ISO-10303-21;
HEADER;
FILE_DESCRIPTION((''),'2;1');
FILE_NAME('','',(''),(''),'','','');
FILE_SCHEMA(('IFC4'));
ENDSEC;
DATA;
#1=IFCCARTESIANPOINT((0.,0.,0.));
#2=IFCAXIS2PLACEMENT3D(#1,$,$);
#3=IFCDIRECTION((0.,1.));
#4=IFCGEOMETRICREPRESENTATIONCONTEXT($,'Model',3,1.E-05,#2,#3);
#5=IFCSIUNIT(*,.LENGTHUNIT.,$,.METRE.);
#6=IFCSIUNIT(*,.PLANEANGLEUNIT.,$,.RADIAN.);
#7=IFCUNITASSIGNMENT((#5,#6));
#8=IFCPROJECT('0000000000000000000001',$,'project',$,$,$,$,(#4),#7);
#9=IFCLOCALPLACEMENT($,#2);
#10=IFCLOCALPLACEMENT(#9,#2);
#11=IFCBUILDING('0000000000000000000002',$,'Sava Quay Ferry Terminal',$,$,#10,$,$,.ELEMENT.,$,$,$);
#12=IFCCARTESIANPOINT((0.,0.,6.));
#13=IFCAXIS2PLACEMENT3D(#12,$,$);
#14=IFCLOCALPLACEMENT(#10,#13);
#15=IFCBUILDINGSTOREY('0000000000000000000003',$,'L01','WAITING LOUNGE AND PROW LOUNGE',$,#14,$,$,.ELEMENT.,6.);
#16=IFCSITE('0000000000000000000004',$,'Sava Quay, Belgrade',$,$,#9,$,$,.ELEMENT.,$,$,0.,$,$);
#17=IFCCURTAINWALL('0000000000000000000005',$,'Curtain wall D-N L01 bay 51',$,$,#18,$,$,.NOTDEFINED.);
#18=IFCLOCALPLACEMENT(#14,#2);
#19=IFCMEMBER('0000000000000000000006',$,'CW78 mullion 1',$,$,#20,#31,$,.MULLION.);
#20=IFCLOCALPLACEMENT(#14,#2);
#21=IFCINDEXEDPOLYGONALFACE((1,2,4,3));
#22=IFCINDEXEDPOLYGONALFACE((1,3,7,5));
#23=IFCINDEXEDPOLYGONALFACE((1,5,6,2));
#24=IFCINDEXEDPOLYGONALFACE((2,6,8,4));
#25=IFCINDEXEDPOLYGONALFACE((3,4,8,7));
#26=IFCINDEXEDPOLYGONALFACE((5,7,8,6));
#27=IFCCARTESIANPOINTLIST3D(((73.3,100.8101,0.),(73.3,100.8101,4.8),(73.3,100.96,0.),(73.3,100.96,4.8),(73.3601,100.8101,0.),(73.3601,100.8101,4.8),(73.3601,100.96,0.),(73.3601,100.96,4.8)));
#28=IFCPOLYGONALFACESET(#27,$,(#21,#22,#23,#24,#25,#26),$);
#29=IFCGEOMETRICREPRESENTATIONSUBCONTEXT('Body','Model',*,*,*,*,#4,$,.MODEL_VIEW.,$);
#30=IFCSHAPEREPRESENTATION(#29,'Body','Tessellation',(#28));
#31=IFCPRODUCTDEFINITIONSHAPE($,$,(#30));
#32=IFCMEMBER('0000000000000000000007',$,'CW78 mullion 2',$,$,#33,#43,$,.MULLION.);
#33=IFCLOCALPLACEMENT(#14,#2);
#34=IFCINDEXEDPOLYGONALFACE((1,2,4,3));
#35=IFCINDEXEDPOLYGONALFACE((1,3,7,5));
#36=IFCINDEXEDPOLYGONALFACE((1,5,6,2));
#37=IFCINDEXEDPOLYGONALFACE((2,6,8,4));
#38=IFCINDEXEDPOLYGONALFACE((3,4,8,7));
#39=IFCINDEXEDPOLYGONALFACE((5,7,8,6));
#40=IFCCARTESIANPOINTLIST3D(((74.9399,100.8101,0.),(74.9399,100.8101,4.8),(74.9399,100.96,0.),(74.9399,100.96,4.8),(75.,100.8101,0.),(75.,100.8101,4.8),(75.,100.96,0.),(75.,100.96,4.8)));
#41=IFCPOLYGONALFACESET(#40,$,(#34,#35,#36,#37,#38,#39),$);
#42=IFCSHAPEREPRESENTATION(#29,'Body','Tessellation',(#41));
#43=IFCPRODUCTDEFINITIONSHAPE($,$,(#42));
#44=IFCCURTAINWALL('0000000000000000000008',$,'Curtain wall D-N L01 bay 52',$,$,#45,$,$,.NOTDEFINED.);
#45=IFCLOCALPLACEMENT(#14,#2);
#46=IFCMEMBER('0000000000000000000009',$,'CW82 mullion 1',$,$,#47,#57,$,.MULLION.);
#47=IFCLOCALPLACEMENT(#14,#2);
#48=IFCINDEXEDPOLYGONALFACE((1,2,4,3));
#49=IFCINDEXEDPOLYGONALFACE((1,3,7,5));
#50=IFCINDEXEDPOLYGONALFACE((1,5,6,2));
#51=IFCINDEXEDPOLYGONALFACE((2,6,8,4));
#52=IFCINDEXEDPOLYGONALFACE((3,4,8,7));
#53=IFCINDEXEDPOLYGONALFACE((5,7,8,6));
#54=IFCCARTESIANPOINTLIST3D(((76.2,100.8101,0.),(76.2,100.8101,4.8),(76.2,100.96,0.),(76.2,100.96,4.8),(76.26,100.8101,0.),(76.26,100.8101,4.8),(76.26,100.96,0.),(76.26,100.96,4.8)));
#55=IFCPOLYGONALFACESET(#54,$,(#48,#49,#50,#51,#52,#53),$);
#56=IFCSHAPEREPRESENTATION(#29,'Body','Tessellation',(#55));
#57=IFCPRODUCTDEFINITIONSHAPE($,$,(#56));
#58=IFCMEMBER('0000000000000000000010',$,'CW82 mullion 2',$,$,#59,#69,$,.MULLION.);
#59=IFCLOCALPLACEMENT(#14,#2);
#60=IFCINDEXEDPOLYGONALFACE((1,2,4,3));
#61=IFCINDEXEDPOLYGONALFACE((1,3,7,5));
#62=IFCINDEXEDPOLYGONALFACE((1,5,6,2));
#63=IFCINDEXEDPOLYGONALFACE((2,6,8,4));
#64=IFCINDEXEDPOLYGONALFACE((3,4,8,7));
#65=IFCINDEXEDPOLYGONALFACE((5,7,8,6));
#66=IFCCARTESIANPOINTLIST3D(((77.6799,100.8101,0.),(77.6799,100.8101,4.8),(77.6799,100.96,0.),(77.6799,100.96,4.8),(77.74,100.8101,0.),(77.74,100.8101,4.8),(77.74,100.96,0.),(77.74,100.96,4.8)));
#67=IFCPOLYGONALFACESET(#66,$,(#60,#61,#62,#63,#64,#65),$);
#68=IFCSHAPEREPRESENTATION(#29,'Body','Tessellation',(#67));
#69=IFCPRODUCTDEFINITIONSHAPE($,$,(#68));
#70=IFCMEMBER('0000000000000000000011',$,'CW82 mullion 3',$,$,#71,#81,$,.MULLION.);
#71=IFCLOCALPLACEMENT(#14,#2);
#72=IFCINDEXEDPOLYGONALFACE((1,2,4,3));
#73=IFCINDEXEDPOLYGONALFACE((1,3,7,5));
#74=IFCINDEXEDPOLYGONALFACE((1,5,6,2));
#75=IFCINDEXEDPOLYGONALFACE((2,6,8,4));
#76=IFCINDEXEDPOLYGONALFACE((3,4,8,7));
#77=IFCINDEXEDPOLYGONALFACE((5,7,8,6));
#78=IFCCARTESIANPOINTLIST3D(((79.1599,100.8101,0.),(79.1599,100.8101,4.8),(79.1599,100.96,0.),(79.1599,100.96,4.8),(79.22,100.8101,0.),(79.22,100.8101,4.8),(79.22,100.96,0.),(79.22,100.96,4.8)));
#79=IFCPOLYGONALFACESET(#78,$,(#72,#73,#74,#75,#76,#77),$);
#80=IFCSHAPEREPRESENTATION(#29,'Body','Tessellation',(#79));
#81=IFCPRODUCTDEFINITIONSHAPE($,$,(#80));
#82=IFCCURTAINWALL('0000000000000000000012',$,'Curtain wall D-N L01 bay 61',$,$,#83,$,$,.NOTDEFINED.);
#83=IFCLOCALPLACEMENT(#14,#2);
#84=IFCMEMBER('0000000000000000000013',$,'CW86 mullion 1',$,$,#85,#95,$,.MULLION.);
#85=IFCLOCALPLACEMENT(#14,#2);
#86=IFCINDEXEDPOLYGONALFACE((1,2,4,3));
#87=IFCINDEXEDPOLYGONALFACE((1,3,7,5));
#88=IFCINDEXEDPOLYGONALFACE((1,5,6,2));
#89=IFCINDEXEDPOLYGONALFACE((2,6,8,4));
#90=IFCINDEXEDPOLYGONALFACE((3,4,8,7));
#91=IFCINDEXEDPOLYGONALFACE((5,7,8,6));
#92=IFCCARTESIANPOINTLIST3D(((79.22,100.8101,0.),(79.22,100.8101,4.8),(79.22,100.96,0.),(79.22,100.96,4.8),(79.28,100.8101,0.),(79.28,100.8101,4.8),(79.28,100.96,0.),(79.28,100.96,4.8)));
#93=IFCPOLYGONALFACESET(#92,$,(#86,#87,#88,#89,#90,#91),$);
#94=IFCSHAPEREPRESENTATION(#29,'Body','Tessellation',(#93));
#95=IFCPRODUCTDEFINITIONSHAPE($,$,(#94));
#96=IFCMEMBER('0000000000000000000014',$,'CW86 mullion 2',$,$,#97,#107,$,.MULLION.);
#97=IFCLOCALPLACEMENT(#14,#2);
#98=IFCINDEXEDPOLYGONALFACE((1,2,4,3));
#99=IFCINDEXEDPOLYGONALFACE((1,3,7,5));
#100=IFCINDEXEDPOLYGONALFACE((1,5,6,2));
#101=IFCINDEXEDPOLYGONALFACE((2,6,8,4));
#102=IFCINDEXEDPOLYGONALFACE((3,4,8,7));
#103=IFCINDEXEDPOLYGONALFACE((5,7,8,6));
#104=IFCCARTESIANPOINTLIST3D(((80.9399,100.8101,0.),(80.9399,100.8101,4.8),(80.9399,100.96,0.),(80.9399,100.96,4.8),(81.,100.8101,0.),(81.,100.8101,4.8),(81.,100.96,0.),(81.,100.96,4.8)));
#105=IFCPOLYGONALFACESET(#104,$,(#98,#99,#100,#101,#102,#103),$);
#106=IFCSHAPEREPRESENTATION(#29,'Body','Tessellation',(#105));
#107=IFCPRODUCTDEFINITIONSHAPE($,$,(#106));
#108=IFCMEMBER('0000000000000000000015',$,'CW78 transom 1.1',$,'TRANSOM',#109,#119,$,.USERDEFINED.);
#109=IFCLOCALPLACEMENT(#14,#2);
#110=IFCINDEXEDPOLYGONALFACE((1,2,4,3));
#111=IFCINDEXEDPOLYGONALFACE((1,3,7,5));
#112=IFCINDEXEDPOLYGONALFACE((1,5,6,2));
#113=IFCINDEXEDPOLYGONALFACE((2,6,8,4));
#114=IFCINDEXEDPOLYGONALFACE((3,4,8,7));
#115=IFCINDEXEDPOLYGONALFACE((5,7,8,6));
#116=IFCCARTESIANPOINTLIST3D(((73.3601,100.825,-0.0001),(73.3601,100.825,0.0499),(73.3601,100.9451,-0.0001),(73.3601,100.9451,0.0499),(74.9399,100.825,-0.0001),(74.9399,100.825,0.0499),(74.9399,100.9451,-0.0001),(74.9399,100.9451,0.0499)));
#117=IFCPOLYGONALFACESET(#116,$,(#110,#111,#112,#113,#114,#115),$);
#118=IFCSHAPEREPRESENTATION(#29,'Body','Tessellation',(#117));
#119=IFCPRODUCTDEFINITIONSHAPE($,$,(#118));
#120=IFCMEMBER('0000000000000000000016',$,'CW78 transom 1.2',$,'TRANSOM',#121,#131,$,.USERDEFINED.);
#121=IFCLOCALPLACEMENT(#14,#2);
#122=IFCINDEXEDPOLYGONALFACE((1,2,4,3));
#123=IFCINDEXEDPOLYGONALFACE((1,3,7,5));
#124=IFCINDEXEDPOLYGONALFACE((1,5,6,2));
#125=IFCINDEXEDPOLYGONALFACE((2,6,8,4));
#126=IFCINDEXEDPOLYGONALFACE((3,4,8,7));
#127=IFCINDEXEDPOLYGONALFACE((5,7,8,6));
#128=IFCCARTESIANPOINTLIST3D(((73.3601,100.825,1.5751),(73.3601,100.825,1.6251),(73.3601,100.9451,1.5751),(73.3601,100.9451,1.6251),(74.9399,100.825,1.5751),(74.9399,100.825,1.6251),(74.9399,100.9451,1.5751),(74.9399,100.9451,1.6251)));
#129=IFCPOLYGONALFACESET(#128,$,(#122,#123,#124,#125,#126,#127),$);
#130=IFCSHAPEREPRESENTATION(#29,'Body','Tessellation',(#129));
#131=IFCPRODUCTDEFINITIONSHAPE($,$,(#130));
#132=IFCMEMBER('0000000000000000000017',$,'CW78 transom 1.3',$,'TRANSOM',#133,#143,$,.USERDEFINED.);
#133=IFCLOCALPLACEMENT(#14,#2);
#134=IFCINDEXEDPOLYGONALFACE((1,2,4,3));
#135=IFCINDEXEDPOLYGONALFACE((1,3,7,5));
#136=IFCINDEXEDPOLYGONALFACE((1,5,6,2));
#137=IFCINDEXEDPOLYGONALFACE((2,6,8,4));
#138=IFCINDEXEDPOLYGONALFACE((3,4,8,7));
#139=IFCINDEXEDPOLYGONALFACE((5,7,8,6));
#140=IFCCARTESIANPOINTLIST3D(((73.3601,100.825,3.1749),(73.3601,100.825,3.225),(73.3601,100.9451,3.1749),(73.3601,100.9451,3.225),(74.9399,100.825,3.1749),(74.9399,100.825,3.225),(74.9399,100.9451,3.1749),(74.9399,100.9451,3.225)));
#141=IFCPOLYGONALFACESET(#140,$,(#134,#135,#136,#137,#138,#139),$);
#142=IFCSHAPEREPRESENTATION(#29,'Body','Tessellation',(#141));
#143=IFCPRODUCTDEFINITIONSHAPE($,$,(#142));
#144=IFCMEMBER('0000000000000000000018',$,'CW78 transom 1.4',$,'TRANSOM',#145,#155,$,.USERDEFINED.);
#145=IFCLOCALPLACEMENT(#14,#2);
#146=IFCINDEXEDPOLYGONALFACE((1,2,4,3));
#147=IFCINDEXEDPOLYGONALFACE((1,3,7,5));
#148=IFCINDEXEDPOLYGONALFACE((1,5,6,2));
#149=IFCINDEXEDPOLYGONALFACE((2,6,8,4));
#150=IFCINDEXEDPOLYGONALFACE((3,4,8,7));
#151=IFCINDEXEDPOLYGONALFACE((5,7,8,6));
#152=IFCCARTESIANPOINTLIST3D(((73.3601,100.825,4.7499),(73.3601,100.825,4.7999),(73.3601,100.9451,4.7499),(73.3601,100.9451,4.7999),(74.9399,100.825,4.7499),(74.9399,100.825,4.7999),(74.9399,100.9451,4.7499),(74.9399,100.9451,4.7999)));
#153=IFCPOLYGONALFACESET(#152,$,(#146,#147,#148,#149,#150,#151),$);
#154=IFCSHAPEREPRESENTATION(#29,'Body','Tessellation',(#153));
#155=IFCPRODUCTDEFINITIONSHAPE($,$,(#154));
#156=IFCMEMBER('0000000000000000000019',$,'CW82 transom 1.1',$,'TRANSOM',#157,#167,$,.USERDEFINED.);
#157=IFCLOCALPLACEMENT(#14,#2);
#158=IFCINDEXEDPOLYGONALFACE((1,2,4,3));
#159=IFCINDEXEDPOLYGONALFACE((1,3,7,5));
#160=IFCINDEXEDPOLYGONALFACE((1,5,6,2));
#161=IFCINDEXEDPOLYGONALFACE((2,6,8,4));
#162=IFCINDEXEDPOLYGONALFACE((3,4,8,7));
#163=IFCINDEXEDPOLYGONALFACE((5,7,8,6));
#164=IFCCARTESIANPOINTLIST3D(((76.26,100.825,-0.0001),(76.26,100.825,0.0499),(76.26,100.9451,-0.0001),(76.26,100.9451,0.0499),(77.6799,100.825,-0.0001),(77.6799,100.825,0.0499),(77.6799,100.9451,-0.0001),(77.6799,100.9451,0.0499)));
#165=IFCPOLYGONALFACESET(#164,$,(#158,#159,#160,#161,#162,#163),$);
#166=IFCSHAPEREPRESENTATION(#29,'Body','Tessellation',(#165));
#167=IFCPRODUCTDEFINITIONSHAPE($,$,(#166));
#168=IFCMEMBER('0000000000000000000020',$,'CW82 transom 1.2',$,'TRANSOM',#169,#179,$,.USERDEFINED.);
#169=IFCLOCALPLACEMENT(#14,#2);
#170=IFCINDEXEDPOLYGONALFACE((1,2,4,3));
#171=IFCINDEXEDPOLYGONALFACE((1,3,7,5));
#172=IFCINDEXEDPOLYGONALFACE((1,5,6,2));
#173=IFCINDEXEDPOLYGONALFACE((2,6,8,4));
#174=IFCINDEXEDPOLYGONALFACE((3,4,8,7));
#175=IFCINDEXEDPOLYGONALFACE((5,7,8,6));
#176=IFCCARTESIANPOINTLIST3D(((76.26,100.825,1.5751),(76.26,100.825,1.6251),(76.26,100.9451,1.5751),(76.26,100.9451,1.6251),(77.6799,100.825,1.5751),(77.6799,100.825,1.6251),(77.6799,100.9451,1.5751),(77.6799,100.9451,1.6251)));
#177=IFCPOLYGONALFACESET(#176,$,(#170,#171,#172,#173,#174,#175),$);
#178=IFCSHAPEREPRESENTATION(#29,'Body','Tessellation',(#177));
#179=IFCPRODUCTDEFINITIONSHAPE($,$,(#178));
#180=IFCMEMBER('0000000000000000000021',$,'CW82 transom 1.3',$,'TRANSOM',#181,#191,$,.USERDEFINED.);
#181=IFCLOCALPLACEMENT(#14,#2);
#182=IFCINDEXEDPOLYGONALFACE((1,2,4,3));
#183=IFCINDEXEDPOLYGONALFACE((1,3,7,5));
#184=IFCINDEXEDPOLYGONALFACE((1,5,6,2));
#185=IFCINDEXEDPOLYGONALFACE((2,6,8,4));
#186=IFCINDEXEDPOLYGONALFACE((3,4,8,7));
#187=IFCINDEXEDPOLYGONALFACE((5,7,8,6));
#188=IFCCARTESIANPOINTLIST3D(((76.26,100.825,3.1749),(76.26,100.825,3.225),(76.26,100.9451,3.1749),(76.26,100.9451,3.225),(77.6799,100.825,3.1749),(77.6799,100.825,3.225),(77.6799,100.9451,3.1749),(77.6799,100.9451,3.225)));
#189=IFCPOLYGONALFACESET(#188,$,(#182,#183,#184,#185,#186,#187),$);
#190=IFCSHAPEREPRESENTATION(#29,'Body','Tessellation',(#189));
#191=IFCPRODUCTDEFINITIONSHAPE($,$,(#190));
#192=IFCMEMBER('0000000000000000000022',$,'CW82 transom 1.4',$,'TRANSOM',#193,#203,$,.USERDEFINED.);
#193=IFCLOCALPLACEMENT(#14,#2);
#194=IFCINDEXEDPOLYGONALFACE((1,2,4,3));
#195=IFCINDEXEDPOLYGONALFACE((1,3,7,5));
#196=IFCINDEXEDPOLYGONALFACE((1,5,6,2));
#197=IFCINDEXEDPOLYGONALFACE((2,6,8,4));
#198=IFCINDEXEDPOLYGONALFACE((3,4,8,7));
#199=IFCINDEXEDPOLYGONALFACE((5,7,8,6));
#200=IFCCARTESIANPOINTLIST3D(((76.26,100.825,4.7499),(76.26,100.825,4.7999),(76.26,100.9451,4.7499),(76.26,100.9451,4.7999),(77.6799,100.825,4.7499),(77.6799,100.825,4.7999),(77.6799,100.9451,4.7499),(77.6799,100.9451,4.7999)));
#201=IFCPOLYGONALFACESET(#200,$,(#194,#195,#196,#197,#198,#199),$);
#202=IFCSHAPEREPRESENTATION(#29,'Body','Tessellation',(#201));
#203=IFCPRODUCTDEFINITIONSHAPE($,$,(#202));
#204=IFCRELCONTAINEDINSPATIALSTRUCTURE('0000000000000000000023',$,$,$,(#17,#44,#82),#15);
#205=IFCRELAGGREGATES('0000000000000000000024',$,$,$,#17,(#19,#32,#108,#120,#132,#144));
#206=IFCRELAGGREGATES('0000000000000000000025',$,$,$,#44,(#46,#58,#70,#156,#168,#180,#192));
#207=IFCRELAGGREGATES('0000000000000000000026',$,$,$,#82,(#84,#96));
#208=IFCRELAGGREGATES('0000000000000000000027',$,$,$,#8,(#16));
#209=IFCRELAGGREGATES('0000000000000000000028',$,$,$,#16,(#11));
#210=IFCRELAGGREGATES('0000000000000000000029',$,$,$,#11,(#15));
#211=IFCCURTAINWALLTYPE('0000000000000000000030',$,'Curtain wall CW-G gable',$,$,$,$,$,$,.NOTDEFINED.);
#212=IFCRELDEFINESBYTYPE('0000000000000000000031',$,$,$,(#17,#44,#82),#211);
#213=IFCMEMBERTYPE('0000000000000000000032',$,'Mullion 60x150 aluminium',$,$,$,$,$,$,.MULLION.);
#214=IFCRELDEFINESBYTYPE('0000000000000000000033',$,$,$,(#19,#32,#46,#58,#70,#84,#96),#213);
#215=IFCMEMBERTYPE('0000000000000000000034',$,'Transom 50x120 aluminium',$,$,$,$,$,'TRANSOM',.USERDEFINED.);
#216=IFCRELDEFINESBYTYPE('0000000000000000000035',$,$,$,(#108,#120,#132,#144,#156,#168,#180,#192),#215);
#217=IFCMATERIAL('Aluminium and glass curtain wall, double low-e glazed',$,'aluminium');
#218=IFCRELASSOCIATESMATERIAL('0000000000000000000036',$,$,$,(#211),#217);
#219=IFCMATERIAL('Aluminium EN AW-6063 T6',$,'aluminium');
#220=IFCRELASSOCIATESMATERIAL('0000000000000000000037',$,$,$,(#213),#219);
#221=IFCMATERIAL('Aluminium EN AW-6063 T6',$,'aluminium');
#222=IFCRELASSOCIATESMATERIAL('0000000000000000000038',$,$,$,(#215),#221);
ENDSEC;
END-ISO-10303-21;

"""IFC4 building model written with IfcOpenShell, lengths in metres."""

from ifc_helpers import new_model, si_unit, direction, frame, origin, origin_2d, place, context, subcontext, project, spatial, rectangle, extrude, material, material_profile, profile_set, type_object, element, aggregate, save


model = new_model("IFC4")

# Units and contexts
model_context = context("Model", 3, precision=1e-05, world=origin(), true_north=direction((0.0, 1.0)))
body_context = subcontext(model_context, "Body", "Model", "MODEL_VIEW")
ifc_project = project(units=[si_unit("LENGTHUNIT", "METRE"), si_unit("PLANEANGLEUNIT", "RADIAN")], contexts=[model_context])

# Site, building, storey
site_placement = place(None, origin())
site = spatial("IfcSite", under=ifc_project, at=site_placement, Name="Sava Quay, Belgrade", CompositionType="ELEMENT", RefElevation=0.0)
building_placement = place(site_placement, origin())
building = spatial("IfcBuilding", under=site, at=building_placement, Name="Sava Quay Ferry Terminal", CompositionType="ELEMENT")
storey_placement = place(building_placement, frame((0.0, 0.0, 6.0)))
storey = spatial("IfcBuildingStorey", under=building, at=storey_placement, Name="L01", Description="WAITING LOUNGE AND PROW LOUNGE", CompositionType="ELEMENT", Elevation=6.0)

# Shared definitions
ifc_material_1 = material(Name="Aluminium and glass curtain wall, double low-e glazed", Category="aluminium")
curtain_wall_type = type_object("IfcCurtainWallType", Name="Curtain wall CW-G gable", PredefinedType="NOTDEFINED", material=ifc_material_1)
ifc_material_2 = material(Name="Aluminium EN AW-6063 T6", Category="aluminium")
ifc_material_profile_1 = material_profile(ifc_material_2, rectangle(XDim=0.1499, YDim=0.0601, at=origin_2d()), Name="Mullion 60x150 aluminium")
ifc_profile_set_1 = profile_set([ifc_material_profile_1], Name="Aluminium EN AW-6063 T6")
member_type_1 = type_object("IfcMemberType", Name="Mullion 60x150 aluminium", PredefinedType="MULLION", material=ifc_profile_set_1)

# Curtain walls, members
curtain_wall_1_placement = place(storey_placement, origin())
curtain_wall_1 = element("IfcCurtainWall", 1, at=curtain_wall_1_placement, inside=storey, type_object=curtain_wall_type, Name="Curtain wall D-N L01 bay 51", PredefinedType="NOTDEFINED")
member_1_placement = place(storey_placement, frame((73.3301, 100.885, 0.0), z_axis=(0.0, 0.0, 1.0), x_axis=(0.0, 1.0, 0.0)))
member_1 = element("IfcMember", 2, at=member_1_placement, type_object=member_type_1, Name="CW78 mullion 1", PredefinedType="MULLION", context=body_context, shape_type="SweptSolid", body=[
    extrude(rectangle(XDim=0.1499, YDim=0.0601, at=origin_2d()), origin(), (0.0, 0.0, 1.0), 4.8),
])
member_2_placement = place(storey_placement, frame((74.97, 100.885, 0.0), z_axis=(0.0, 0.0, 1.0), x_axis=(0.0, 1.0, 0.0)))
member_2 = element("IfcMember", 3, at=member_2_placement, type_object=member_type_1, Name="CW78 mullion 2", PredefinedType="MULLION", context=body_context, shape_type="SweptSolid", body=[
    extrude(rectangle(XDim=0.1499, YDim=0.0601, at=origin_2d()), origin(), (0.0, 0.0, 1.0), 4.8),
])
curtain_wall_2_placement = place(storey_placement, origin())
curtain_wall_2 = element("IfcCurtainWall", 4, at=curtain_wall_2_placement, inside=storey, type_object=curtain_wall_type, Name="Curtain wall D-N L01 bay 52", PredefinedType="NOTDEFINED")
member_3_placement = place(storey_placement, frame((76.23, 100.885, 0.0), z_axis=(0.0, 0.0, 1.0), x_axis=(0.0, 1.0, 0.0)))
member_3 = element("IfcMember", 5, at=member_3_placement, type_object=member_type_1, Name="CW82 mullion 1", PredefinedType="MULLION", context=body_context, shape_type="SweptSolid", body=[
    extrude(rectangle(XDim=0.1499, YDim=0.0601, at=origin_2d()), origin(), (0.0, 0.0, 1.0), 4.8),
])
member_4_placement = place(storey_placement, frame((77.71, 100.885, 0.0), z_axis=(0.0, 0.0, 1.0), x_axis=(0.0, 1.0, 0.0)))
member_4 = element("IfcMember", 6, at=member_4_placement, type_object=member_type_1, Name="CW82 mullion 2", PredefinedType="MULLION", context=body_context, shape_type="SweptSolid", body=[
    extrude(rectangle(XDim=0.1499, YDim=0.0601, at=origin_2d()), origin(), (0.0, 0.0, 1.0), 4.8),
])
member_5_placement = place(storey_placement, frame((79.1899, 100.885, 0.0), z_axis=(0.0, 0.0, 1.0), x_axis=(0.0, 1.0, 0.0)))
member_5 = element("IfcMember", 7, at=member_5_placement, type_object=member_type_1, Name="CW82 mullion 3", PredefinedType="MULLION", context=body_context, shape_type="SweptSolid", body=[
    extrude(rectangle(XDim=0.1499, YDim=0.0601, at=origin_2d()), origin(), (0.0, 0.0, 1.0), 4.8),
])
curtain_wall_3_placement = place(storey_placement, origin())
curtain_wall_3 = element("IfcCurtainWall", 8, at=curtain_wall_3_placement, inside=storey, type_object=curtain_wall_type, Name="Curtain wall D-N L01 bay 61", PredefinedType="NOTDEFINED")
member_6_placement = place(storey_placement, frame((79.25, 100.885, 0.0), z_axis=(0.0, 0.0, 1.0), x_axis=(0.0, 1.0, 0.0)))
member_6 = element("IfcMember", 9, at=member_6_placement, type_object=member_type_1, Name="CW86 mullion 1", PredefinedType="MULLION", context=body_context, shape_type="SweptSolid", body=[
    extrude(rectangle(XDim=0.1499, YDim=0.0601, at=origin_2d()), origin(), (0.0, 0.0, 1.0), 4.8),
])
member_7_placement = place(storey_placement, frame((80.97, 100.885, 0.0), z_axis=(0.0, 0.0, 1.0), x_axis=(0.0, 1.0, 0.0)))
member_7 = element("IfcMember", 10, at=member_7_placement, type_object=member_type_1, Name="CW86 mullion 2", PredefinedType="MULLION", context=body_context, shape_type="SweptSolid", body=[
    extrude(rectangle(XDim=0.1499, YDim=0.0601, at=origin_2d()), origin(), (0.0, 0.0, 1.0), 4.8),
])

# Members
ifc_material_3 = material(Name="Aluminium EN AW-6063 T6", Category="aluminium")
ifc_material_profile_2 = material_profile(ifc_material_3, rectangle(XDim=0.1201, YDim=0.05, at=origin_2d()), Name="Transom 50x120 aluminium")
ifc_profile_set_2 = profile_set([ifc_material_profile_2], Name="Aluminium EN AW-6063 T6")
member_type_2 = type_object("IfcMemberType", Name="Transom 50x120 aluminium", ElementType="TRANSOM", PredefinedType="USERDEFINED", material=ifc_profile_set_2)
member_8_placement = place(storey_placement, frame((73.3601, 100.885, 0.0249), z_axis=(1.0, 0.0, 0.0), x_axis=(0.0, 1.0, 0.0)))
member_8 = element("IfcMember", 11, at=member_8_placement, type_object=member_type_2, Name="CW78 transom 1.1", ObjectType="TRANSOM", PredefinedType="USERDEFINED", context=body_context, shape_type="SweptSolid", body=[
    extrude(rectangle(XDim=0.1201, YDim=0.05, at=origin_2d()), origin(), (0.0, 0.0, 1.0), 1.5798),
])
member_9_placement = place(storey_placement, frame((73.3601, 100.885, 1.6001), z_axis=(1.0, 0.0, 0.0), x_axis=(0.0, 1.0, 0.0)))
member_9 = element("IfcMember", 12, at=member_9_placement, type_object=member_type_2, Name="CW78 transom 1.2", ObjectType="TRANSOM", PredefinedType="USERDEFINED", context=body_context, shape_type="SweptSolid", body=[
    extrude(rectangle(XDim=0.1201, YDim=0.05, at=origin_2d()), origin(), (0.0, 0.0, 1.0), 1.5798),
])
member_10_placement = place(storey_placement, frame((73.3601, 100.885, 3.2), z_axis=(1.0, 0.0, 0.0), x_axis=(0.0, 1.0, 0.0)))
member_10 = element("IfcMember", 13, at=member_10_placement, type_object=member_type_2, Name="CW78 transom 1.3", ObjectType="TRANSOM", PredefinedType="USERDEFINED", context=body_context, shape_type="SweptSolid", body=[
    extrude(rectangle(XDim=0.1201, YDim=0.05, at=origin_2d()), origin(), (0.0, 0.0, 1.0), 1.5798),
])
member_11_placement = place(storey_placement, frame((73.3601, 100.885, 4.7749), z_axis=(1.0, 0.0, 0.0), x_axis=(0.0, 1.0, 0.0)))
member_11 = element("IfcMember", 14, at=member_11_placement, type_object=member_type_2, Name="CW78 transom 1.4", ObjectType="TRANSOM", PredefinedType="USERDEFINED", context=body_context, shape_type="SweptSolid", body=[
    extrude(rectangle(XDim=0.1201, YDim=0.05, at=origin_2d()), origin(), (0.0, 0.0, 1.0), 1.5798),
])
member_12_placement = place(storey_placement, frame((76.26, 100.885, 0.0249), z_axis=(1.0, 0.0, 0.0), x_axis=(0.0, 1.0, 0.0)))
member_12 = element("IfcMember", 15, at=member_12_placement, type_object=member_type_2, Name="CW82 transom 1.1", ObjectType="TRANSOM", PredefinedType="USERDEFINED", context=body_context, shape_type="SweptSolid", body=[
    extrude(rectangle(XDim=0.1201, YDim=0.05, at=origin_2d()), origin(), (0.0, 0.0, 1.0), 1.4199),
])
member_13_placement = place(storey_placement, frame((76.26, 100.885, 1.6001), z_axis=(1.0, 0.0, 0.0), x_axis=(0.0, 1.0, 0.0)))
member_13 = element("IfcMember", 16, at=member_13_placement, type_object=member_type_2, Name="CW82 transom 1.2", ObjectType="TRANSOM", PredefinedType="USERDEFINED", context=body_context, shape_type="SweptSolid", body=[
    extrude(rectangle(XDim=0.1201, YDim=0.05, at=origin_2d()), origin(), (0.0, 0.0, 1.0), 1.4199),
])
member_14_placement = place(storey_placement, frame((76.26, 100.885, 3.2), z_axis=(1.0, 0.0, 0.0), x_axis=(0.0, 1.0, 0.0)))
member_14 = element("IfcMember", 17, at=member_14_placement, type_object=member_type_2, Name="CW82 transom 1.3", ObjectType="TRANSOM", PredefinedType="USERDEFINED", context=body_context, shape_type="SweptSolid", body=[
    extrude(rectangle(XDim=0.1201, YDim=0.05, at=origin_2d()), origin(), (0.0, 0.0, 1.0), 1.4199),
])
member_15_placement = place(storey_placement, frame((76.26, 100.885, 4.7749), z_axis=(1.0, 0.0, 0.0), x_axis=(0.0, 1.0, 0.0)))
member_15 = element("IfcMember", 18, at=member_15_placement, type_object=member_type_2, Name="CW82 transom 1.4", ObjectType="TRANSOM", PredefinedType="USERDEFINED", context=body_context, shape_type="SweptSolid", body=[
    extrude(rectangle(XDim=0.1201, YDim=0.05, at=origin_2d()), origin(), (0.0, 0.0, 1.0), 1.4199),
])

aggregate(curtain_wall_1, [member_1, member_2, member_8, member_9, member_10, member_11])
aggregate(curtain_wall_2, [member_3, member_4, member_5, member_12, member_13, member_14, member_15])
aggregate(curtain_wall_3, [member_6, member_7])

save(model, "model.ifc")
